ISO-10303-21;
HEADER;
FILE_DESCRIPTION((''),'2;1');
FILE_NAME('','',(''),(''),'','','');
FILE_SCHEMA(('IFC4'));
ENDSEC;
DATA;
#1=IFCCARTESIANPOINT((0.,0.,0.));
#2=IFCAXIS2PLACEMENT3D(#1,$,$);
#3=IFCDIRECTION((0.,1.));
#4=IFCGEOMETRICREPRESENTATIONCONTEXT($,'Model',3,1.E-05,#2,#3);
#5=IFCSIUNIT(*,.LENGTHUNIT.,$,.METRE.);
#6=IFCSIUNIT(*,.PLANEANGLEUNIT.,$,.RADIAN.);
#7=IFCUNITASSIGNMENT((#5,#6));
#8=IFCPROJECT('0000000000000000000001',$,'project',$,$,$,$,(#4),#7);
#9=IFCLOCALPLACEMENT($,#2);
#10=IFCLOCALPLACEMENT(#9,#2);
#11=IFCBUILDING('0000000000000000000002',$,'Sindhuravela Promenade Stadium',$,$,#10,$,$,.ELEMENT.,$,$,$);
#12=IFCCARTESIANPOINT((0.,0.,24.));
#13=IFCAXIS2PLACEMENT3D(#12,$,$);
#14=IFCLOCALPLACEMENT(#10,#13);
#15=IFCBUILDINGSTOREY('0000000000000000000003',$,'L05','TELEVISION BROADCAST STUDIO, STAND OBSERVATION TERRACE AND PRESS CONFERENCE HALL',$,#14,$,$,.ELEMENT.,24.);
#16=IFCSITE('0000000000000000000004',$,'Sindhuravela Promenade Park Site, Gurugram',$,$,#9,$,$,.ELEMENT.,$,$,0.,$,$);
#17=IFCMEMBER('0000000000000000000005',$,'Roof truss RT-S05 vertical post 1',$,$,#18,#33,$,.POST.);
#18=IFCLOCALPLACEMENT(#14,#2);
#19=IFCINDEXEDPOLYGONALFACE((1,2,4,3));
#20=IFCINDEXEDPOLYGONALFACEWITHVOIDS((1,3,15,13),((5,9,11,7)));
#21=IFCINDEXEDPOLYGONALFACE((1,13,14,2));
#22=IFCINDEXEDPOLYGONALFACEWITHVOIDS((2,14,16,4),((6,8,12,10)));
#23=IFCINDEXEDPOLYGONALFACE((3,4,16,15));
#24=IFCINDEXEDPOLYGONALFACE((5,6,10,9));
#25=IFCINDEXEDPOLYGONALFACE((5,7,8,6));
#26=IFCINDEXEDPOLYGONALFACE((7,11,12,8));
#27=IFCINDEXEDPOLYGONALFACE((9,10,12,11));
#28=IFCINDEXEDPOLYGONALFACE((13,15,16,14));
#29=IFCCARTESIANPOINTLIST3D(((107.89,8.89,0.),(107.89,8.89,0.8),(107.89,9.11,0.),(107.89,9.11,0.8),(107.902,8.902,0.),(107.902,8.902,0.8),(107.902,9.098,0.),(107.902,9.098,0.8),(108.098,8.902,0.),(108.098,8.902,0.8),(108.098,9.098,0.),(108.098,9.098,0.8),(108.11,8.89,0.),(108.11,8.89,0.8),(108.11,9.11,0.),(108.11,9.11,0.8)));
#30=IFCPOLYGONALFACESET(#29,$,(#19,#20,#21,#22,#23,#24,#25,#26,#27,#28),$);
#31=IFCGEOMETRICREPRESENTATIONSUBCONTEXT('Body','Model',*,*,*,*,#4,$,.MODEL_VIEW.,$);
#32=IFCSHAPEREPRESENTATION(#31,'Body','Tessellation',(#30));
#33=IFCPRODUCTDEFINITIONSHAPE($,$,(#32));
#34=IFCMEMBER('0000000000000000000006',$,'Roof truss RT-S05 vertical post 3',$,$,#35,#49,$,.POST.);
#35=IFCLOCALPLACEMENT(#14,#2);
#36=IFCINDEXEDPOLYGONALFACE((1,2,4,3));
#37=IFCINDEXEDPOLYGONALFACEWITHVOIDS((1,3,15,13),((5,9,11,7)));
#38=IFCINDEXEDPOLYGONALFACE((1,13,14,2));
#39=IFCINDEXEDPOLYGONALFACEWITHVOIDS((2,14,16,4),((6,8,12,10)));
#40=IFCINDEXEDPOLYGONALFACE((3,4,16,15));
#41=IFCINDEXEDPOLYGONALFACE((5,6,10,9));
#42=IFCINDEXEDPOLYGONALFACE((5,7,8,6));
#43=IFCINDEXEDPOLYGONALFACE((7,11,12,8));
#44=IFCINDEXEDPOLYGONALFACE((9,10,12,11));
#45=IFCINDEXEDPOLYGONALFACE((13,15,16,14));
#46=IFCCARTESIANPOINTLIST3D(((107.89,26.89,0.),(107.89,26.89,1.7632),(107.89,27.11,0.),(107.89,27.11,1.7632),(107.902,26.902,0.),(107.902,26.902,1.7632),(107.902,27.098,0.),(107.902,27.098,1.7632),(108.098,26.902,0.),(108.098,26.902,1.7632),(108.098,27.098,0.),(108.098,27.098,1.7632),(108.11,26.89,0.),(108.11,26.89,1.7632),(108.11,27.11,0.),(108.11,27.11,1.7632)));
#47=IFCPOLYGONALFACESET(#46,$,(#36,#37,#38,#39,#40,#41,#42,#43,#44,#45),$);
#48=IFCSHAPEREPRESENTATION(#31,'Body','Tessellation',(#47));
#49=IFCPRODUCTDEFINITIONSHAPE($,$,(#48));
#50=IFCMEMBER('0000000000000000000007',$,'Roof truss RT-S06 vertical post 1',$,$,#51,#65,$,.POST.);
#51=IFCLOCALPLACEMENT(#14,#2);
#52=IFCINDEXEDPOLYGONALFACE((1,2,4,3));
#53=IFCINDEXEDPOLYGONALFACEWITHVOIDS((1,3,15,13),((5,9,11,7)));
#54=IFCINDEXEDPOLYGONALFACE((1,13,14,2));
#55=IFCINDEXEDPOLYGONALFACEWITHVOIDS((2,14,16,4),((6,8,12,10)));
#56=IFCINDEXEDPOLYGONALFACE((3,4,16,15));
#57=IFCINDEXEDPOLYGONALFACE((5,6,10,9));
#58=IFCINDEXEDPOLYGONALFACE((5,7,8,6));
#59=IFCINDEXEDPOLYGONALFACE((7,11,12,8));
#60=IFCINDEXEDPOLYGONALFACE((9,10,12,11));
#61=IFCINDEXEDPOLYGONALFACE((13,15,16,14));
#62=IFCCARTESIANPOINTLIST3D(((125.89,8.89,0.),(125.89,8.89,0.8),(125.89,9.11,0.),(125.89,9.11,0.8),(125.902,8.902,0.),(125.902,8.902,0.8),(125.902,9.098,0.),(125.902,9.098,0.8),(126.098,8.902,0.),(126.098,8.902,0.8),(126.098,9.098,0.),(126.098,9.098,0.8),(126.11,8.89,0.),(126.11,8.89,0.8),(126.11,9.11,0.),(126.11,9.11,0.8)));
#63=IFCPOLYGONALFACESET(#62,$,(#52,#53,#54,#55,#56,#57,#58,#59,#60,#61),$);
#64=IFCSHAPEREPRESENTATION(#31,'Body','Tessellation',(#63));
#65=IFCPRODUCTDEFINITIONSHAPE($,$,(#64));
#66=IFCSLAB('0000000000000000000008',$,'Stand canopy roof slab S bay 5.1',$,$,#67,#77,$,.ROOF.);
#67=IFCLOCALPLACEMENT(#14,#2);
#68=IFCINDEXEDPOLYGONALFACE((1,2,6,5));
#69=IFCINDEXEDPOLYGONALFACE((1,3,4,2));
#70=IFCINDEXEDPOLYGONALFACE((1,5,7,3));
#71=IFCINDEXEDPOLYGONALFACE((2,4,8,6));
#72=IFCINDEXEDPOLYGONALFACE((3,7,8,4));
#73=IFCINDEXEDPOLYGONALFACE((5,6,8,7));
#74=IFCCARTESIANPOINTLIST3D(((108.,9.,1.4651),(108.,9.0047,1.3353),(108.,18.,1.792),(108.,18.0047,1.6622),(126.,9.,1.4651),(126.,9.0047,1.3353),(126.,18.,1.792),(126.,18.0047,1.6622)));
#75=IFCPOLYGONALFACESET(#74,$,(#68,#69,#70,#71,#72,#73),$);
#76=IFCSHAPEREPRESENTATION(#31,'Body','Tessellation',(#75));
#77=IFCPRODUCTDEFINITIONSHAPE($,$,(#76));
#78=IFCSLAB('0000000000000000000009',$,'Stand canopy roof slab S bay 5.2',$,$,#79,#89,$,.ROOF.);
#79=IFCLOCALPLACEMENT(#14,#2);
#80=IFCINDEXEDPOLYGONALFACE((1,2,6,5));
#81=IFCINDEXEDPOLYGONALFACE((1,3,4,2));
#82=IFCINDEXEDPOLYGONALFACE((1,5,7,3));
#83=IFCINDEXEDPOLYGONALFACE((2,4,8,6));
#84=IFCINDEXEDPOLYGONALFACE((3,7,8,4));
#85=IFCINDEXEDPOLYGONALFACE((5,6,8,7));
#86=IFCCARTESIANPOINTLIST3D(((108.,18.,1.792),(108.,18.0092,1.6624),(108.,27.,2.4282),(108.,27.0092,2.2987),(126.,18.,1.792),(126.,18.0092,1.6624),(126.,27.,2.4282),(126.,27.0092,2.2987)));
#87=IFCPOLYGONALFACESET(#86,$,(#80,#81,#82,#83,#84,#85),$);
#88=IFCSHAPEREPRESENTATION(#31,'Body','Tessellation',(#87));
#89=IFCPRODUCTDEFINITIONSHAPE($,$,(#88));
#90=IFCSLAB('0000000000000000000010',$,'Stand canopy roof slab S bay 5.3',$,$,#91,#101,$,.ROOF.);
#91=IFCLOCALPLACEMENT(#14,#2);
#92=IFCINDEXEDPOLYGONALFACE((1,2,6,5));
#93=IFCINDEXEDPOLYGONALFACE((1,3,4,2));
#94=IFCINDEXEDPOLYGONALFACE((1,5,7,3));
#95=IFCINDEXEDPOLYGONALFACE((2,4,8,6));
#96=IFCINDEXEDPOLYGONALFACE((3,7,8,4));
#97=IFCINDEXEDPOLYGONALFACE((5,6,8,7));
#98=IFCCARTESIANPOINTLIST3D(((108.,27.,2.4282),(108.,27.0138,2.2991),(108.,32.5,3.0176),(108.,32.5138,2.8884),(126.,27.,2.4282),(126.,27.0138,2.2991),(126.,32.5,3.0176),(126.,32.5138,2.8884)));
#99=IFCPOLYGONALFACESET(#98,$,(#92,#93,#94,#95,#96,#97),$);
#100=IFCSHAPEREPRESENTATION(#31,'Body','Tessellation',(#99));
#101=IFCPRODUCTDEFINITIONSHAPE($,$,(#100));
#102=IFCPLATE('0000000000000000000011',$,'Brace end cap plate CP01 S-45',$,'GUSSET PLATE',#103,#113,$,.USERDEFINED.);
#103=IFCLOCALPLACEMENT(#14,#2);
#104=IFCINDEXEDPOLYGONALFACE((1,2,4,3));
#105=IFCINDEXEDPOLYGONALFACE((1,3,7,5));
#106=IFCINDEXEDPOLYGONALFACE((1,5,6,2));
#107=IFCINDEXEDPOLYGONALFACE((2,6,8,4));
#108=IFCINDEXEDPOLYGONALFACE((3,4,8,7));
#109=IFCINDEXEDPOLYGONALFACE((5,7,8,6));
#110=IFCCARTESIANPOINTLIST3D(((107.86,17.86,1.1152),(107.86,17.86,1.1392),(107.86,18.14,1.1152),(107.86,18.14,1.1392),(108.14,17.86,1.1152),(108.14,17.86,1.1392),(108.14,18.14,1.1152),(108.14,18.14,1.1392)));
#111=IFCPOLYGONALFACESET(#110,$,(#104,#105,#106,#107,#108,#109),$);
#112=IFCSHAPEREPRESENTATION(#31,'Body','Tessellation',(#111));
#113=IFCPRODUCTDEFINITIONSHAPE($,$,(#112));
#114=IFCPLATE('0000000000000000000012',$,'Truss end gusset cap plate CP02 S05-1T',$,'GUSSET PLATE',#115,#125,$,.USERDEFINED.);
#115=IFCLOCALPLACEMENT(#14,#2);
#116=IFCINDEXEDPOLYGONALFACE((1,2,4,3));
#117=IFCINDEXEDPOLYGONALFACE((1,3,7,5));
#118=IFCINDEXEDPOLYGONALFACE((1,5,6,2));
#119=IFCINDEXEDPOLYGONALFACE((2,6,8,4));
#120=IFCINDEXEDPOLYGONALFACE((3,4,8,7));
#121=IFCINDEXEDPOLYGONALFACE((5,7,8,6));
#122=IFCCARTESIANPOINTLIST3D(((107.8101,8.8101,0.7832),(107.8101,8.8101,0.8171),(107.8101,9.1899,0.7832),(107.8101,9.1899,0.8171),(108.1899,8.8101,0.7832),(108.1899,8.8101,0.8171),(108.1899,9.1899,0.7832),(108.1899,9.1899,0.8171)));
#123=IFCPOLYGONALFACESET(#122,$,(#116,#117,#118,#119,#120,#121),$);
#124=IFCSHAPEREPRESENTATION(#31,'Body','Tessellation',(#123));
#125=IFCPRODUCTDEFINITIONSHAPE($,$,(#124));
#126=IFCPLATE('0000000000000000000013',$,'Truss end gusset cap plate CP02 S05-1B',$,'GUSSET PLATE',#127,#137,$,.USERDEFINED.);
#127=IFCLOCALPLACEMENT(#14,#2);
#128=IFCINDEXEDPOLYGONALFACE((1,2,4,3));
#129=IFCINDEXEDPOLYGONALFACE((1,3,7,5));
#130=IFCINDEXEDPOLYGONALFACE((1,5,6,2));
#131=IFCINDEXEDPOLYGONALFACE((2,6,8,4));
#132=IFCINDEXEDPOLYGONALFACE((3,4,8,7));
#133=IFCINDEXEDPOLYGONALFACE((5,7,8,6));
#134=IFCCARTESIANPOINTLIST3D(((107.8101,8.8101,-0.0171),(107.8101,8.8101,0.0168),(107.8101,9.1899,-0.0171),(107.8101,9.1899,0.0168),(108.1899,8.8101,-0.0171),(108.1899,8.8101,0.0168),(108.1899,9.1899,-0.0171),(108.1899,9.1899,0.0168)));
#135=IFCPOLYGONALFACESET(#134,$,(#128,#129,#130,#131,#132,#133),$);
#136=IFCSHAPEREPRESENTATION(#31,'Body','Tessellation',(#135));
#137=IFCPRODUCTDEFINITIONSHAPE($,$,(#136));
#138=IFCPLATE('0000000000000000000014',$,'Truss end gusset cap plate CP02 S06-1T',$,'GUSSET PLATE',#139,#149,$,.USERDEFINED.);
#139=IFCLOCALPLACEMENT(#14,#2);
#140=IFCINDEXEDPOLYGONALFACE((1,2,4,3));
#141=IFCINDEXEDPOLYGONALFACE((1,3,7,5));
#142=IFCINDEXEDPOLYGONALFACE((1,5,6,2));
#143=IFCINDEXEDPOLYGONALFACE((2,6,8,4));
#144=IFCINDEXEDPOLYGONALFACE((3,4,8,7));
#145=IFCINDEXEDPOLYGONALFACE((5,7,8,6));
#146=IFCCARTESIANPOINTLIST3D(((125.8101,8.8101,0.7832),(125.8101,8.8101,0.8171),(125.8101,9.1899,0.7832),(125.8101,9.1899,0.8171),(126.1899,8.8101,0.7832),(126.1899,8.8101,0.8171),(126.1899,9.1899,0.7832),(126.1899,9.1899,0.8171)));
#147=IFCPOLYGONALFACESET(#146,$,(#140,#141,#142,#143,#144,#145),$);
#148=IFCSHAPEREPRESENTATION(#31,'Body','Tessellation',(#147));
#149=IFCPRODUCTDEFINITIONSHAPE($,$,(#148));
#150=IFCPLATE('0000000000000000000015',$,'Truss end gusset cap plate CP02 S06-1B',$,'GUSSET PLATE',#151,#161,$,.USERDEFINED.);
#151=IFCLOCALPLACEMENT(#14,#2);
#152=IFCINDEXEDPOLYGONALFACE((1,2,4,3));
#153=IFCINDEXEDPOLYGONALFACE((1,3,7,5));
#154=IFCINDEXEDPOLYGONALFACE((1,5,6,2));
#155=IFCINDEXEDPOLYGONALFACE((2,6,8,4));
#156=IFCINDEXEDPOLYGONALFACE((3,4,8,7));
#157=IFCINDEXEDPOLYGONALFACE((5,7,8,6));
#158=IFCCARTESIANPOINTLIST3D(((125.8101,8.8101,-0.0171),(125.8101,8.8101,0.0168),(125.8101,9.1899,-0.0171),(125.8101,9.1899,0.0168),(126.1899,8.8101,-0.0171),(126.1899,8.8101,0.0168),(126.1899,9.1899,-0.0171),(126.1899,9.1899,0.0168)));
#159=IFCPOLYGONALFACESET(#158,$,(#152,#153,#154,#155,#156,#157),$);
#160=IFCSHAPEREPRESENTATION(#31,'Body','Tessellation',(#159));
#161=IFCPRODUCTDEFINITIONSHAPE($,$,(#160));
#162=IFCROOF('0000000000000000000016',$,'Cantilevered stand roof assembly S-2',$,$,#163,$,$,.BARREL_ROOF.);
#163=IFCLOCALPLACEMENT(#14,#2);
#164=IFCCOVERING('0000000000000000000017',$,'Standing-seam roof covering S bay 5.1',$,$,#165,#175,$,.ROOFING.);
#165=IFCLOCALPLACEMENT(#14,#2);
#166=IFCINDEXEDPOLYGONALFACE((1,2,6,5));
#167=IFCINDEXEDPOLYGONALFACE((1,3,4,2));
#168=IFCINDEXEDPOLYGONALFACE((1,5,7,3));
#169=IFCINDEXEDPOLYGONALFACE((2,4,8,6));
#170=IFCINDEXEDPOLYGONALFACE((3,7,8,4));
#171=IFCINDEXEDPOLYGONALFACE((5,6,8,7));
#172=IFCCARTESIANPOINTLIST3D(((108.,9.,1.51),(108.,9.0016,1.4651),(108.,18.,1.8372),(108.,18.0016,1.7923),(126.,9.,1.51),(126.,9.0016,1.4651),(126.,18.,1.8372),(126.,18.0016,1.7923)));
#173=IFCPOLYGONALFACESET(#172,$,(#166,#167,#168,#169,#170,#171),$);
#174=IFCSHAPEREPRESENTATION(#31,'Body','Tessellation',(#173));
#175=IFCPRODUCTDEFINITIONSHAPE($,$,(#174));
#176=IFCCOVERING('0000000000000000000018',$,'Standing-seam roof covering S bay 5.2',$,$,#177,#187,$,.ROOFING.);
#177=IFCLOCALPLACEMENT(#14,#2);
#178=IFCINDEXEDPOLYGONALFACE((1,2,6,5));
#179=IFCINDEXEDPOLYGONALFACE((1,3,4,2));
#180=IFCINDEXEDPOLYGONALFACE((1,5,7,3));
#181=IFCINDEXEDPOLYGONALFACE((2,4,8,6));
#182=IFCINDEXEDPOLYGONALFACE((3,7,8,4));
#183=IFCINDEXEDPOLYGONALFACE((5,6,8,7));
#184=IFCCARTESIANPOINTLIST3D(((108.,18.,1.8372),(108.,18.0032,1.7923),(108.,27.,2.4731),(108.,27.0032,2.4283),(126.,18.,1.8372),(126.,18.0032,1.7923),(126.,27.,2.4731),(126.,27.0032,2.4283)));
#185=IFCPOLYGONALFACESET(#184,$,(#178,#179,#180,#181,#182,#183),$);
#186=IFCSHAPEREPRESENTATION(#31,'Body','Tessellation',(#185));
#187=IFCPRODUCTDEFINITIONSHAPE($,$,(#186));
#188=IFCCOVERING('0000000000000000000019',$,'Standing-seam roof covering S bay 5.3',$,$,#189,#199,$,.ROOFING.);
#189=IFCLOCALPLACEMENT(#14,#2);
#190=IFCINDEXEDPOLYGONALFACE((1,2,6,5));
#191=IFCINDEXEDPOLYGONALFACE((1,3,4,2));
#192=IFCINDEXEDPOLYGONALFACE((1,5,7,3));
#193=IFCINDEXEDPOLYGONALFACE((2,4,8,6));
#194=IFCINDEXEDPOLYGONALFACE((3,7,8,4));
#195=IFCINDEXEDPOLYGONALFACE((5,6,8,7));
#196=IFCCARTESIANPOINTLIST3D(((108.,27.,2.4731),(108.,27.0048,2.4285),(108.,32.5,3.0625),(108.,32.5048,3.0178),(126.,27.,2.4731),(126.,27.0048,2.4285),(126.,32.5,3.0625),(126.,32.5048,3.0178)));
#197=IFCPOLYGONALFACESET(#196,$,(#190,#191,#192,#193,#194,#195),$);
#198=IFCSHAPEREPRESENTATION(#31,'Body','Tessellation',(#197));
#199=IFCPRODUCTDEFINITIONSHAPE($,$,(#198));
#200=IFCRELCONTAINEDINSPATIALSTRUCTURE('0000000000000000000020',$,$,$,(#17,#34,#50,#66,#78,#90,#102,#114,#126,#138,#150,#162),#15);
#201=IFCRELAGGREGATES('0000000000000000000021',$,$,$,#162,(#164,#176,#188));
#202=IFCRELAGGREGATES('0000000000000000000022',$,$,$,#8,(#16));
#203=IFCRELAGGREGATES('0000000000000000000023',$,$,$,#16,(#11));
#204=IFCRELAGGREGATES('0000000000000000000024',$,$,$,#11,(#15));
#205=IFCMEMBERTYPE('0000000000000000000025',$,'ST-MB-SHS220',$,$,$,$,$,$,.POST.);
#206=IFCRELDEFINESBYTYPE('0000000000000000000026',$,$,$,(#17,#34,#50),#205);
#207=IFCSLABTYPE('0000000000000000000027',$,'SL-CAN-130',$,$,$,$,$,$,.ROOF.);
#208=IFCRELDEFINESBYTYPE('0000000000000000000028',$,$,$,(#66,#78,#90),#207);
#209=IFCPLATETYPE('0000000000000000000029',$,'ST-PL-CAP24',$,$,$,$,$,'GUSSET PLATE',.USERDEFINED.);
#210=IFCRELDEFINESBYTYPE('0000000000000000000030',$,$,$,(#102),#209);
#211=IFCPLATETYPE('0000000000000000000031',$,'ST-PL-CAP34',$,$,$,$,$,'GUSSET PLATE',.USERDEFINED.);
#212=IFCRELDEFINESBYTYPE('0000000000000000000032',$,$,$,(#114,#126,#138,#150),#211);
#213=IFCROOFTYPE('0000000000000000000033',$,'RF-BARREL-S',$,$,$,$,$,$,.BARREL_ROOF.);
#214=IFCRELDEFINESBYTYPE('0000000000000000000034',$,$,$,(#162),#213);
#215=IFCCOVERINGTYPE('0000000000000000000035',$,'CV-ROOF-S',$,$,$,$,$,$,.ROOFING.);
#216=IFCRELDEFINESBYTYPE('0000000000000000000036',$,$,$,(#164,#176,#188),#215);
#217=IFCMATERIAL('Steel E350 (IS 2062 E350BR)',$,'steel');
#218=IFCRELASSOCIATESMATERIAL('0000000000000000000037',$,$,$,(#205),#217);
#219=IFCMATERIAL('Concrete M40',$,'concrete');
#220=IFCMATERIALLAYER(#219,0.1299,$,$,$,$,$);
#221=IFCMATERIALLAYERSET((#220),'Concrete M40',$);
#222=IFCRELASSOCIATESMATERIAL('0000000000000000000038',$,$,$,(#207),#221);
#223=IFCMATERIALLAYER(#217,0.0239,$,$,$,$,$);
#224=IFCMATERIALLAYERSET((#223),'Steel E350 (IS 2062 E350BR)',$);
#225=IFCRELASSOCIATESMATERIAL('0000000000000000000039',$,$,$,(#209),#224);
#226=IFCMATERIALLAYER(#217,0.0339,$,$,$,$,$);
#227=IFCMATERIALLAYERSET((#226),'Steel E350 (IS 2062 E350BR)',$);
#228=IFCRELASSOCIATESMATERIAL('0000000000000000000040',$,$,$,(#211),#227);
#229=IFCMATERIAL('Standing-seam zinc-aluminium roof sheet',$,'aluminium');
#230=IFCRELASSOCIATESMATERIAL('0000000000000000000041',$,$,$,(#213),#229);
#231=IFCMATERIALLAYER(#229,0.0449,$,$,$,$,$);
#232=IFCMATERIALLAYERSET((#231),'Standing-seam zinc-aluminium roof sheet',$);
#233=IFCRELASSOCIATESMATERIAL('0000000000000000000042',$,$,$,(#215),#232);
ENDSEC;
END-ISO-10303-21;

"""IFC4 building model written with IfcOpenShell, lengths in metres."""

from ifc_helpers import new_model, si_unit, direction, frame, origin, origin_2d, place, context, subcontext, project, spatial, polyline, rectangle, hollow_rectangle, outline, extrude, material, layer, layer_set, material_profile, profile_set, type_object, element, aggregate, save


model = new_model("IFC4")

# Units and contexts
model_context = context("Model", 3, precision=1e-05, world=origin(), true_north=direction((0.0, 1.0)))
body_context = subcontext(model_context, "Body", "Model", "MODEL_VIEW")
ifc_project = project(units=[si_unit("LENGTHUNIT", "METRE"), si_unit("PLANEANGLEUNIT", "RADIAN")], contexts=[model_context])

# Site, building, storey
site_placement = place(None, origin())
site = spatial("IfcSite", under=ifc_project, at=site_placement, Name="Sindhuravela Promenade Park Site, Gurugram", CompositionType="ELEMENT", RefElevation=0.0)
building_placement = place(site_placement, origin())
building = spatial("IfcBuilding", under=site, at=building_placement, Name="Sindhuravela Promenade Stadium", CompositionType="ELEMENT")
storey_placement = place(building_placement, frame((0.0, 0.0, 24.0)))
storey = spatial("IfcBuildingStorey", under=building, at=storey_placement, Name="L05", Description="TELEVISION BROADCAST STUDIO, STAND OBSERVATION TERRACE AND PRESS CONFERENCE HALL", CompositionType="ELEMENT", Elevation=24.0)

# Shared definitions
ifc_material_1 = material(Name="Steel E350 (IS 2062 E350BR)", Category="steel")

# Members
ifc_material_profile_1 = material_profile(ifc_material_1, hollow_rectangle(XDim=0.22, YDim=0.22, WallThickness=0.012, at=origin_2d()), Name="SHS 220x220x12")
ifc_profile_set_1 = profile_set([ifc_material_profile_1], Name="Steel E350 (IS 2062 E350BR)")
member_type_1 = type_object("IfcMemberType", Name="ST-MB-SHS220", PredefinedType="POST", material=ifc_profile_set_1)
member_1_placement = place(storey_placement, frame((108.0, 9.0, 0.0), z_axis=(0.0, 0.0, 1.0), x_axis=(1.0, 0.0, 0.0)))
element("IfcMember", 1, at=member_1_placement, inside=storey, type_object=member_type_1, Name="Roof truss RT-S05 vertical post 1", PredefinedType="POST", context=body_context, shape_type="SweptSolid", body=[
    extrude(hollow_rectangle(XDim=0.22, YDim=0.22, WallThickness=0.012, at=origin_2d()), origin(), (0.0, 0.0, 1.0), 0.8),
])
member_2_placement = place(storey_placement, frame((108.0, 27.0, 0.0), z_axis=(0.0, 0.0, 1.0), x_axis=(1.0, 0.0, 0.0)))
element("IfcMember", 2, at=member_2_placement, inside=storey, type_object=member_type_1, Name="Roof truss RT-S05 vertical post 3", PredefinedType="POST", context=body_context, shape_type="SweptSolid", body=[
    extrude(hollow_rectangle(XDim=0.22, YDim=0.22, WallThickness=0.012, at=origin_2d()), origin(), (0.0, 0.0, 1.0), 1.7632),
])
member_3_placement = place(storey_placement, frame((126.0, 9.0, 0.0), z_axis=(0.0, 0.0, 1.0), x_axis=(1.0, 0.0, 0.0)))
element("IfcMember", 3, at=member_3_placement, inside=storey, type_object=member_type_1, Name="Roof truss RT-S06 vertical post 1", PredefinedType="POST", context=body_context, shape_type="SweptSolid", body=[
    extrude(hollow_rectangle(XDim=0.22, YDim=0.22, WallThickness=0.012, at=origin_2d()), origin(), (0.0, 0.0, 1.0), 0.8),
])

# Slabs
ifc_material_2 = material(Name="Concrete M40", Category="concrete")
ifc_layer_1 = layer(ifc_material_2, 0.1299)
ifc_layer_set_1 = layer_set([ifc_layer_1], Name="Concrete M40")
slab_type = type_object("IfcSlabType", Name="SL-CAN-130", PredefinedType="ROOF", material=ifc_layer_set_1)
slab_1_placement = place(storey_placement, frame((108.0, 9.0, 1.4651), z_axis=(0.0, -0.036299, 0.999341), x_axis=(1.0, 0.0, 0.0)))
element("IfcSlab", 4, at=slab_1_placement, inside=storey, type_object=slab_type, Name="Stand canopy roof slab S bay 5.1", PredefinedType="ROOF", context=body_context, shape_type="SweptSolid", body=[
    extrude(outline(polyline([(0.0, 0.0), (18.0, 0.0), (18.0, 9.0059), (0.0, 9.0059), (0.0, 0.0)])), origin(), (0.0, 0.0, -1.0), 0.1299),
])
slab_2_placement = place(storey_placement, frame((108.0, 18.0, 1.792), z_axis=(0.0, -0.070516, 0.997511), x_axis=(1.0, 0.0, 0.0)))
element("IfcSlab", 5, at=slab_2_placement, inside=storey, type_object=slab_type, Name="Stand canopy roof slab S bay 5.2", PredefinedType="ROOF", context=body_context, shape_type="SweptSolid", body=[
    extrude(outline(polyline([(0.0, 0.0), (18.0, 0.0), (18.0, 9.0225), (0.0, 9.0225), (0.0, 0.0)])), origin(), (0.0, 0.0, -1.0), 0.1299),
])
slab_3_placement = place(storey_placement, frame((108.0, 27.0, 2.4282), z_axis=(0.0, -0.106546, 0.994308), x_axis=(1.0, 0.0, 0.0)))
element("IfcSlab", 6, at=slab_3_placement, inside=storey, type_object=slab_type, Name="Stand canopy roof slab S bay 5.3", PredefinedType="ROOF", context=body_context, shape_type="SweptSolid", body=[
    extrude(outline(polyline([(0.0, 0.0), (18.0, 0.0), (18.0, 5.5315), (0.0, 5.5315), (0.0, 0.0)])), origin(), (0.0, 0.0, -1.0), 0.1299),
])

# Plates
ifc_layer_2 = layer(ifc_material_1, 0.0239)
ifc_layer_set_2 = layer_set([ifc_layer_2], Name="Steel E350 (IS 2062 E350BR)")
plate_type_1 = type_object("IfcPlateType", Name="ST-PL-CAP24", ElementType="GUSSET PLATE", PredefinedType="USERDEFINED", material=ifc_layer_set_2)
plate_placement = place(storey_placement, frame((108.0, 18.0, 1.1152), z_axis=(0.0, 0.0, 1.0), x_axis=(1.0, 0.0, 0.0)))
element("IfcPlate", 7, at=plate_placement, inside=storey, type_object=plate_type_1, Name="Brace end cap plate CP01 S-45", ObjectType="GUSSET PLATE", PredefinedType="USERDEFINED", context=body_context, shape_type="SweptSolid", body=[
    extrude(rectangle(XDim=0.28, YDim=0.28, at=origin_2d()), origin(), (0.0, 0.0, 1.0), 0.0239),
])
ifc_layer_3 = layer(ifc_material_1, 0.0339)
ifc_layer_set_3 = layer_set([ifc_layer_3], Name="Steel E350 (IS 2062 E350BR)")
plate_type_2 = type_object("IfcPlateType", Name="ST-PL-CAP34", ElementType="GUSSET PLATE", PredefinedType="USERDEFINED", material=ifc_layer_set_3)
for number, where, z_axis, x_axis, name in (
    (8, (108.0, 9.0, 0.7832), (0.0, 0.0, 1.0), (1.0, 0.0, 0.0), "Truss end gusset cap plate CP02 S05-1T"),
    (9, (108.0, 9.0, -0.0171), (0.0, 0.0, 1.0), (1.0, 0.0, 0.0), "Truss end gusset cap plate CP02 S05-1B"),
    (10, (126.0, 9.0, 0.7832), (0.0, 0.0, 1.0), (1.0, 0.0, 0.0), "Truss end gusset cap plate CP02 S06-1T"),
    (11, (126.0, 9.0, -0.0171), (0.0, 0.0, 1.0), (1.0, 0.0, 0.0), "Truss end gusset cap plate CP02 S06-1B"),
):
    element("IfcPlate", number, at=place(storey_placement, frame(where, z_axis=z_axis, x_axis=x_axis)), inside=storey, type_object=plate_type_2, Name=name, ObjectType="GUSSET PLATE", PredefinedType="USERDEFINED", context=body_context, shape_type="SweptSolid", body=[
        extrude(rectangle(XDim=0.3799, YDim=0.3799, at=origin_2d()), origin(), (0.0, 0.0, 1.0), 0.0339),
    ])

# Roof, coverings
ifc_material_3 = material(Name="Standing-seam zinc-aluminium roof sheet", Category="aluminium")
roof_type = type_object("IfcRoofType", Name="RF-BARREL-S", PredefinedType="BARREL_ROOF", material=ifc_material_3)
roof_placement = place(storey_placement, origin())
roof = element("IfcRoof", 12, at=roof_placement, inside=storey, type_object=roof_type, Name="Cantilevered stand roof assembly S-2", PredefinedType="BARREL_ROOF")
ifc_layer_4 = layer(ifc_material_3, 0.0449)
ifc_layer_set_4 = layer_set([ifc_layer_4], Name="Standing-seam zinc-aluminium roof sheet")
covering_type_1 = type_object("IfcCoveringType", Name="CV-ROOF-S", PredefinedType="ROOFING", material=ifc_layer_set_4)
covering_1_placement = place(storey_placement, frame((108.0, 9.0, 1.51), z_axis=(0.0, -0.036326, 0.99934), x_axis=(1.0, 0.0, 0.0)))
covering_1 = element("IfcCovering", 13, at=covering_1_placement, type_object=covering_type_1, Name="Standing-seam roof covering S bay 5.1", PredefinedType="ROOFING", context=body_context, shape_type="SweptSolid", body=[
    extrude(outline(polyline([(0.0, 0.0), (18.0, 0.0), (18.0, 9.0059), (0.0, 9.0059), (0.0, 0.0)])), origin(), (0.0, 0.0, -1.0), 0.0449),
])
covering_2_placement = place(storey_placement, frame((108.0, 18.0, 1.8372), z_axis=(0.0, -0.070489, 0.997513), x_axis=(1.0, 0.0, 0.0)))
covering_2 = element("IfcCovering", 14, at=covering_2_placement, type_object=covering_type_1, Name="Standing-seam roof covering S bay 5.2", PredefinedType="ROOFING", context=body_context, shape_type="SweptSolid", body=[
    extrude(outline(polyline([(0.0, 0.0), (18.0, 0.0), (18.0, 9.0224), (0.0, 9.0224), (0.0, 0.0)])), origin(), (0.0, 0.0, -1.0), 0.0449),
])
covering_3_placement = place(storey_placement, frame((108.0, 27.0, 2.4731), z_axis=(0.0, -0.106546, 0.994308), x_axis=(1.0, 0.0, 0.0)))
covering_3 = element("IfcCovering", 15, at=covering_3_placement, type_object=covering_type_1, Name="Standing-seam roof covering S bay 5.3", PredefinedType="ROOFING", context=body_context, shape_type="SweptSolid", body=[
    extrude(outline(polyline([(0.0, 0.0), (18.0, 0.0), (18.0, 5.5315), (0.0, 5.5315), (0.0, 0.0)])), origin(), (0.0, 0.0, -1.0), 0.0449),
])
aggregate(roof, [covering_1, covering_2, covering_3])

save(model, "model.ifc")
